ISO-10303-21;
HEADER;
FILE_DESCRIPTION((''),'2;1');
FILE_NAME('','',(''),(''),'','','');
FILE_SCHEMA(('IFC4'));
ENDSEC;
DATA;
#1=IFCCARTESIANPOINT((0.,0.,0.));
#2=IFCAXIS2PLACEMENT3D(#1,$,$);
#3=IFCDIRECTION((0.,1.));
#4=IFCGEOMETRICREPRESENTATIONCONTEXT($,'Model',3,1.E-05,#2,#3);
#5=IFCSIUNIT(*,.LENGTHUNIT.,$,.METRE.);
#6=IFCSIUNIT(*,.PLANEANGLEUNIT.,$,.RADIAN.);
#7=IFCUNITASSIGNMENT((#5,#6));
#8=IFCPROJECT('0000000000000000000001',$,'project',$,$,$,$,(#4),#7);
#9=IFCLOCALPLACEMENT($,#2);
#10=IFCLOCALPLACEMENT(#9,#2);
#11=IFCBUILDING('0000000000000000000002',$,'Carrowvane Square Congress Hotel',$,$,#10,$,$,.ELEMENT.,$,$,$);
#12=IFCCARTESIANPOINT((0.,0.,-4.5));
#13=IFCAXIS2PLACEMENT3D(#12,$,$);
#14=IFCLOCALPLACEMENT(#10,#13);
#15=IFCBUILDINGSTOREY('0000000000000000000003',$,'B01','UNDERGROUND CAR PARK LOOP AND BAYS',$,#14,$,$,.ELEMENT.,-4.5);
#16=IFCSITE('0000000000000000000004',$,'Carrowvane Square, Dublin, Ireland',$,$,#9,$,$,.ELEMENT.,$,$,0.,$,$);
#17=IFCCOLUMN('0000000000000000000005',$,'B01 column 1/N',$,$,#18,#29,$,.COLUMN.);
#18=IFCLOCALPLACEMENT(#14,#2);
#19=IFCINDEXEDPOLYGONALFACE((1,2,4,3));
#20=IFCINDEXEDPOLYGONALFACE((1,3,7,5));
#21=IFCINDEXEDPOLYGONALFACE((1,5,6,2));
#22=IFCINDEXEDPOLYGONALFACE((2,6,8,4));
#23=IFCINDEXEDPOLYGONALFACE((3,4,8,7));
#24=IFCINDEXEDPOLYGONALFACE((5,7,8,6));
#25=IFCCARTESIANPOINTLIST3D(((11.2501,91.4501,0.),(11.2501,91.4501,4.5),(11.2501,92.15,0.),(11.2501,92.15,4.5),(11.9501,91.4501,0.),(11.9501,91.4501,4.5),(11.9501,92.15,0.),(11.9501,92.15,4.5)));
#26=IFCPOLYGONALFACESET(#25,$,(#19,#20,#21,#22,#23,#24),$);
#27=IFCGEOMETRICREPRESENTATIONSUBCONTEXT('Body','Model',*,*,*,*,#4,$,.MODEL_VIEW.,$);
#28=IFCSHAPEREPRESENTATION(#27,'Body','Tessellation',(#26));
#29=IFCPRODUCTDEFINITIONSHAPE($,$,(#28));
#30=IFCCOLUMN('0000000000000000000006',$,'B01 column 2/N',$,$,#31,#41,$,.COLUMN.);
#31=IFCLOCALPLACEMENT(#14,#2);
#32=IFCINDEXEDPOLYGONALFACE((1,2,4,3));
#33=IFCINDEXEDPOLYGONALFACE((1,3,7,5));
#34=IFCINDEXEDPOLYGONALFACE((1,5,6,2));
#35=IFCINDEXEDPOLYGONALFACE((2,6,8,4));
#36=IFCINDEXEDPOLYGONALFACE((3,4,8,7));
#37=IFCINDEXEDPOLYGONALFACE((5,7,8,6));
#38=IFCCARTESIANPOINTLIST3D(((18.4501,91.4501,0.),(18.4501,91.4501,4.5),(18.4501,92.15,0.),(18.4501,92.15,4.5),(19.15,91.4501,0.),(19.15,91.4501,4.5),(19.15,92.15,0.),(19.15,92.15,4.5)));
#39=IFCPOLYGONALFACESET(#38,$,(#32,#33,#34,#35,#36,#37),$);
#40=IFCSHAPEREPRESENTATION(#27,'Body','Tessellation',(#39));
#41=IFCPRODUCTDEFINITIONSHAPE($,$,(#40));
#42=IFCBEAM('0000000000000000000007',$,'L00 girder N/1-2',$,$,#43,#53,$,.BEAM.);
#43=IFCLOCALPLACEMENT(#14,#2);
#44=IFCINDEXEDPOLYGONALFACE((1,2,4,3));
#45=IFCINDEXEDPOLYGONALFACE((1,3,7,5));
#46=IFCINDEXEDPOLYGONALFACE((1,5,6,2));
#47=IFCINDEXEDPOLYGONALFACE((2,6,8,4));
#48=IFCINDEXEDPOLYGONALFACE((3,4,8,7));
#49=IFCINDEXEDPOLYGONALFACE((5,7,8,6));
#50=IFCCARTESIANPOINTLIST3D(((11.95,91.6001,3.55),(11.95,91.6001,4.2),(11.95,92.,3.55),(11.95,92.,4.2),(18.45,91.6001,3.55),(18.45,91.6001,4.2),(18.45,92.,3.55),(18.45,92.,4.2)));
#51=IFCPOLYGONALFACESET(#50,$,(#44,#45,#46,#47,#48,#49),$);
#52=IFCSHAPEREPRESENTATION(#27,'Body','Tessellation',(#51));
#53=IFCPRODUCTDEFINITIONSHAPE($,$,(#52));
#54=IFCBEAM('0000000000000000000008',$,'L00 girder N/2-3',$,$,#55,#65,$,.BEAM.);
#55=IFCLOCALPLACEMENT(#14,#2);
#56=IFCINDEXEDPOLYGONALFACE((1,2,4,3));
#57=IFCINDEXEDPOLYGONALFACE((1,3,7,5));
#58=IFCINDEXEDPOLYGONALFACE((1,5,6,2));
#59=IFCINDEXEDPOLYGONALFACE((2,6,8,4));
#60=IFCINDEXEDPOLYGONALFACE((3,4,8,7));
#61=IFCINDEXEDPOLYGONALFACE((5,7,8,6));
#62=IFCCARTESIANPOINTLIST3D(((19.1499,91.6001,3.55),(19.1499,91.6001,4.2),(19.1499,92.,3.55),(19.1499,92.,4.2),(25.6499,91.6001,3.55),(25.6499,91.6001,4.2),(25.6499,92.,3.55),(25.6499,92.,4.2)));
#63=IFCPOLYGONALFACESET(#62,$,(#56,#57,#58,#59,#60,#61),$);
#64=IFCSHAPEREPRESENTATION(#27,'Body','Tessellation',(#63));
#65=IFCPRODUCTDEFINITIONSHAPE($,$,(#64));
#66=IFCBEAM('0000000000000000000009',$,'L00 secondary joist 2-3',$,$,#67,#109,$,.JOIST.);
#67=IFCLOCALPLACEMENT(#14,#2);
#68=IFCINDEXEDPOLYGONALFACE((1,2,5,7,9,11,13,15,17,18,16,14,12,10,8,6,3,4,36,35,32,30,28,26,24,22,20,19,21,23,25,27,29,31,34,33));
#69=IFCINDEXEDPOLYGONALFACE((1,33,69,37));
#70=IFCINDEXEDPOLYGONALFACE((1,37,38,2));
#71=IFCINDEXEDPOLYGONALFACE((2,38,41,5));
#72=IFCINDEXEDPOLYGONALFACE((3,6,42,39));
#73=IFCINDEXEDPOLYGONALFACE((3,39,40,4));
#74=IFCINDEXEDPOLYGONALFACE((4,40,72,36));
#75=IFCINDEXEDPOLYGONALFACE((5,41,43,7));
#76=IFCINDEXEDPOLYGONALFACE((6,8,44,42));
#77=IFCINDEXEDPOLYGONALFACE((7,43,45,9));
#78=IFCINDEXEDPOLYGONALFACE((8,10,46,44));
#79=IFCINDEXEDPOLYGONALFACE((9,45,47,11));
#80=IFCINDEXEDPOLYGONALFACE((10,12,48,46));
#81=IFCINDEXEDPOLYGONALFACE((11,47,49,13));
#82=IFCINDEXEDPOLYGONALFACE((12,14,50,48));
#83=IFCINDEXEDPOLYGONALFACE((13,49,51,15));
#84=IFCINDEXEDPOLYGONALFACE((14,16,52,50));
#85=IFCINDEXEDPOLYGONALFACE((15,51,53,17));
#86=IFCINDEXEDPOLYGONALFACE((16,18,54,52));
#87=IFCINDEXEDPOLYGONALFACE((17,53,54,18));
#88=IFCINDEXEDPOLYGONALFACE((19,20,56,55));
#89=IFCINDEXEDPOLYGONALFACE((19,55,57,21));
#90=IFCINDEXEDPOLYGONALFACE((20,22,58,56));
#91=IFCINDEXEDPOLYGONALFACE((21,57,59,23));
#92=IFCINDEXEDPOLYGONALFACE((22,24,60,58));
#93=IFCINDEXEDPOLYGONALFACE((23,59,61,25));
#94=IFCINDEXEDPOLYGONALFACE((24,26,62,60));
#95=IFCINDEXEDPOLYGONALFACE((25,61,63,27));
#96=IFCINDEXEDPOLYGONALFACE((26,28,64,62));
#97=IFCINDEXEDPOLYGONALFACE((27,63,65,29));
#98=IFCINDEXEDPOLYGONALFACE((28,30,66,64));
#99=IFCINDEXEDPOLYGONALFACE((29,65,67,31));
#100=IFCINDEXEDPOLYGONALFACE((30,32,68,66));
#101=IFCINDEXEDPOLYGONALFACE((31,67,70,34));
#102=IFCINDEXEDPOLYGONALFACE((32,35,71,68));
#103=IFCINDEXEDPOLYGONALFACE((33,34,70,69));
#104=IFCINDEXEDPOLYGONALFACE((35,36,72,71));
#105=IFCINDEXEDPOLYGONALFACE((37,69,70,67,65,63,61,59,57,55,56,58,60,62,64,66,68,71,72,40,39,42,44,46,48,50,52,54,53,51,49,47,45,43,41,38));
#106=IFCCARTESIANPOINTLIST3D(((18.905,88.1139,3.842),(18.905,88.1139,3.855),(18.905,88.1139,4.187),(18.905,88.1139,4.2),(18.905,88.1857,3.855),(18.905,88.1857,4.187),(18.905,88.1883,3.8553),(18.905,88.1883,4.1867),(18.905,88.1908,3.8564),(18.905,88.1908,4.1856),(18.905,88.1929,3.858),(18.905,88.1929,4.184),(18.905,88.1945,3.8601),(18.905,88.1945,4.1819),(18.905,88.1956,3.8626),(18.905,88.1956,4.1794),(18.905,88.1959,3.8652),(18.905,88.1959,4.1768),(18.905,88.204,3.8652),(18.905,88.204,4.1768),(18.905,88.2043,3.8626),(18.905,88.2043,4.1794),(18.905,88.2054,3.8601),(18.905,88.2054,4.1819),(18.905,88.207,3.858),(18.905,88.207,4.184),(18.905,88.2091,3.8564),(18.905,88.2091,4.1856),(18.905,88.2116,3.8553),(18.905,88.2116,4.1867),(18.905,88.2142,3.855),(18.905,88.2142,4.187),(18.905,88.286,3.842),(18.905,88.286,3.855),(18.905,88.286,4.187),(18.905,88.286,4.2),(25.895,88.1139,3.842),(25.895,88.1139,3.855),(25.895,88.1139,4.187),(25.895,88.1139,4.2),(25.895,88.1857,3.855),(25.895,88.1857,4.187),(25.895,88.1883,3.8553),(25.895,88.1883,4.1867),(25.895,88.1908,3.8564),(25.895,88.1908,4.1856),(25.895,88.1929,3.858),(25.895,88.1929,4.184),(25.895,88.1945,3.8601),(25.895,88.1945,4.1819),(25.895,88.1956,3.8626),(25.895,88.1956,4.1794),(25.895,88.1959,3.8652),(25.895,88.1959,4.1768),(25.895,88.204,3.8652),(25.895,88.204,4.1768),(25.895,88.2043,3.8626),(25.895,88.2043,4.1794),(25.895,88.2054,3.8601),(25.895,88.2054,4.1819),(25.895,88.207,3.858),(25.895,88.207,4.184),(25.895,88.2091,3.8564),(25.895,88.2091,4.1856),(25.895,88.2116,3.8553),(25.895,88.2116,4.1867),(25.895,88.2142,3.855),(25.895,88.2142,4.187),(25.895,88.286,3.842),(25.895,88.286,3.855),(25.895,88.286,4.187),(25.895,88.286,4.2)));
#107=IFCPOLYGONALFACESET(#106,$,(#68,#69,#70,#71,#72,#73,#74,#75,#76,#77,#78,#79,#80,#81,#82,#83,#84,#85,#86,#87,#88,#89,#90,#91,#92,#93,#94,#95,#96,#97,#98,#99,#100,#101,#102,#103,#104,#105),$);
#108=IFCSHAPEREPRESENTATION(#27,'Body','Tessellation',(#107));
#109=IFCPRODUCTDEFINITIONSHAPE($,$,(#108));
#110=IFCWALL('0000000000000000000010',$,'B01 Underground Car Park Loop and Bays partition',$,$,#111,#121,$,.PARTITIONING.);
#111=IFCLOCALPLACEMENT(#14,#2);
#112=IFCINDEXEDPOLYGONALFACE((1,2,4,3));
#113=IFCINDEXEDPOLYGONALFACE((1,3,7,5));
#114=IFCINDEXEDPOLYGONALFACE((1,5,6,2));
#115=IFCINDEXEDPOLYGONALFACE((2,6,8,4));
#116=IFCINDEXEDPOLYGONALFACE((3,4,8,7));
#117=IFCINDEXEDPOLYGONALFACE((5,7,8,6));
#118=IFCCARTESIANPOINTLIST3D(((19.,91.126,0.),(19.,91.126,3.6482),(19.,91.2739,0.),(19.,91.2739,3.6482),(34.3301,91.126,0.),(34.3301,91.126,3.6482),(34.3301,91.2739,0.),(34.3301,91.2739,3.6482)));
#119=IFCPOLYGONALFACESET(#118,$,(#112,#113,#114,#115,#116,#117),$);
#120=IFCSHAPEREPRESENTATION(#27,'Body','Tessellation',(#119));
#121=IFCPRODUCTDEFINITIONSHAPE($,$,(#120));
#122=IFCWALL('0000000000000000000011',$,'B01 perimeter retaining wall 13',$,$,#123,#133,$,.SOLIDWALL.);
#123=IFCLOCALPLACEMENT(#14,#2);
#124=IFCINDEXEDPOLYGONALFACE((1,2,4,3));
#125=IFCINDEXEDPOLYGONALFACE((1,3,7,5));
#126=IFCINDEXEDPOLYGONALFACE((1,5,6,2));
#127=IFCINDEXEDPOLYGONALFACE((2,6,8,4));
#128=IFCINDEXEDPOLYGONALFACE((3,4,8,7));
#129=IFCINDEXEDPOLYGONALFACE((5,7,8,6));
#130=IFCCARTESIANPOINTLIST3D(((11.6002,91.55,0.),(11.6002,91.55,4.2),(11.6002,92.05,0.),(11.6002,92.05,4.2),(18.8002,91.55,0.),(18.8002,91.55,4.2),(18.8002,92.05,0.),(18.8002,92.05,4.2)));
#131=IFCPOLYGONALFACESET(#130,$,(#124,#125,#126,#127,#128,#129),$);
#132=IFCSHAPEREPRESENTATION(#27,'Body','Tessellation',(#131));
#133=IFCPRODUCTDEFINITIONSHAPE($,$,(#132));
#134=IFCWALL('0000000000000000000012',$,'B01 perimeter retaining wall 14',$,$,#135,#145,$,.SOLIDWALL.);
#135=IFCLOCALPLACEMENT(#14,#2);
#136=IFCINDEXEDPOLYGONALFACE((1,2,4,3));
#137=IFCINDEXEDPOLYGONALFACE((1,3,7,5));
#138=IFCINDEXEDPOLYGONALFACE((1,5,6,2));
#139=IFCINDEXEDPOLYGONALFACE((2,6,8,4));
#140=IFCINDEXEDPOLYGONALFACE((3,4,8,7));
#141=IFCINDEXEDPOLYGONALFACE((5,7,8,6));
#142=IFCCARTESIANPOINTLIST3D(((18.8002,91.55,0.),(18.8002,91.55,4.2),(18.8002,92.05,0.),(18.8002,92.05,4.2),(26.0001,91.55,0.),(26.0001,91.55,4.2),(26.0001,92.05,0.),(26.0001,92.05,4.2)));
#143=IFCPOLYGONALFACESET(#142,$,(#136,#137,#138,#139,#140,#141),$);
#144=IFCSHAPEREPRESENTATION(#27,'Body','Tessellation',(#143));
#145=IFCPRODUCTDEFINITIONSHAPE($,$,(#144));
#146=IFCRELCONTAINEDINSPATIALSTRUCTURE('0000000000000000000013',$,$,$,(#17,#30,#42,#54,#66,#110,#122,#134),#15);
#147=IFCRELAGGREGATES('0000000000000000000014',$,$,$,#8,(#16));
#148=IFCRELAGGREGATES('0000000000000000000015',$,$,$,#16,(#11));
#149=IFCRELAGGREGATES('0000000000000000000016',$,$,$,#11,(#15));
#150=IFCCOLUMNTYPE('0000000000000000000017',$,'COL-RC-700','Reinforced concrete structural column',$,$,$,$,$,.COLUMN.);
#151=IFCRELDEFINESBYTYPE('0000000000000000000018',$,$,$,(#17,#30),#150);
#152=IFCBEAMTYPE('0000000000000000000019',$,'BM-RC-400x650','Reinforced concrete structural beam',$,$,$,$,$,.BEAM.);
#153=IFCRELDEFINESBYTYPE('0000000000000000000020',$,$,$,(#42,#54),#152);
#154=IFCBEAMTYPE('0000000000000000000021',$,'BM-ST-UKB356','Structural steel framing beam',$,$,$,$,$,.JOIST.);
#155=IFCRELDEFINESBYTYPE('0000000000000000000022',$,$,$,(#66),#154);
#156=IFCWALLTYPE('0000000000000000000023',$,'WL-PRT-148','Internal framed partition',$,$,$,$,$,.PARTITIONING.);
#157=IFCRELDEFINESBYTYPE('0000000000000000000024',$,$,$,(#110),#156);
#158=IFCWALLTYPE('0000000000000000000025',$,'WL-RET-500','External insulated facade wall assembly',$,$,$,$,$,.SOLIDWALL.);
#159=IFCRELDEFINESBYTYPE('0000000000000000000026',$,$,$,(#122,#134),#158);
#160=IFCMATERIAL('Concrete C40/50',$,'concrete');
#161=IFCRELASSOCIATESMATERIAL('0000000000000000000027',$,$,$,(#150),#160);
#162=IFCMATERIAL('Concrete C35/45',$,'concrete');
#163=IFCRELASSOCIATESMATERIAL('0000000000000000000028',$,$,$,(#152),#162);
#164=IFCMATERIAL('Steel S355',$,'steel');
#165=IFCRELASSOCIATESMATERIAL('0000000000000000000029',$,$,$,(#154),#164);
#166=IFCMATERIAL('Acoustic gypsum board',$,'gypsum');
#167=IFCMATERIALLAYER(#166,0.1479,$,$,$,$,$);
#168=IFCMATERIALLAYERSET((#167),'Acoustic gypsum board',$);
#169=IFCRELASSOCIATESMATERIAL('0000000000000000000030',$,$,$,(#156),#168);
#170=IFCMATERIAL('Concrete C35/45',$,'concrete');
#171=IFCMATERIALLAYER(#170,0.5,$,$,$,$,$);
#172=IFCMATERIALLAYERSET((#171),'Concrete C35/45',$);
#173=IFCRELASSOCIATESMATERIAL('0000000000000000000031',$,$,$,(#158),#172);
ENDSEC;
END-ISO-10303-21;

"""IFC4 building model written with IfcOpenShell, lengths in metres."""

from ifc_helpers import new_model, si_unit, direction, frame, frame_2d, origin, origin_2d, place, context, subcontext, project, spatial, rectangle, i_section, extrude, material, layer, layer_set, material_profile, profile_set, type_object, element, save


model = new_model("IFC4")

# Units and contexts
model_context = context("Model", 3, precision=1e-05, world=origin(), true_north=direction((0.0, 1.0)))
body_context = subcontext(model_context, "Body", "Model", "MODEL_VIEW")
ifc_project = project(units=[si_unit("LENGTHUNIT", "METRE"), si_unit("PLANEANGLEUNIT", "RADIAN")], contexts=[model_context])

# Site, building, storey
site_placement = place(None, origin())
site = spatial("IfcSite", under=ifc_project, at=site_placement, Name="Carrowvane Square, Dublin, Ireland", CompositionType="ELEMENT", RefElevation=0.0)
building_placement = place(site_placement, origin())
building = spatial("IfcBuilding", under=site, at=building_placement, Name="Carrowvane Square Congress Hotel", CompositionType="ELEMENT")
storey_placement = place(building_placement, frame((0.0, 0.0, -4.5)))
storey = spatial("IfcBuildingStorey", under=building, at=storey_placement, Name="B01", Description="UNDERGROUND CAR PARK LOOP AND BAYS", CompositionType="ELEMENT", Elevation=-4.5)

# Columns
ifc_material_1 = material(Name="Concrete C40/50", Category="concrete")
ifc_material_profile_1 = material_profile(ifc_material_1, rectangle(XDim=0.7, YDim=0.7, at=origin_2d()), Name="RC 700x700")
ifc_profile_set_1 = profile_set([ifc_material_profile_1], Name="Concrete C40/50")
column_type = type_object("IfcColumnType", Name="COL-RC-700", Description="Reinforced concrete structural column", PredefinedType="COLUMN", material=ifc_profile_set_1)
for number, where, z_axis, x_axis, name in (
    (1, (11.6001, 91.8, 0.0), (0.0, 0.0, 1.0), (1.0, 0.0, 0.0), "B01 column 1/N"),
    (2, (18.8, 91.8, 0.0), (0.0, 0.0, 1.0), (1.0, 0.0, 0.0), "B01 column 2/N"),
):
    element("IfcColumn", number, at=place(storey_placement, frame(where, z_axis=z_axis, x_axis=x_axis)), inside=storey, type_object=column_type, Name=name, PredefinedType="COLUMN", context=body_context, shape_type="SweptSolid", body=[
        extrude(rectangle(XDim=0.7, YDim=0.7, at=origin_2d()), origin(), (0.0, 0.0, 1.0), 4.5),
    ])

# Beams
ifc_material_2 = material(Name="Concrete C35/45", Category="concrete")
ifc_material_profile_2 = material_profile(ifc_material_2, rectangle(XDim=0.3999, YDim=0.6499, at=origin_2d()), Name="RC 400x650")
ifc_profile_set_2 = profile_set([ifc_material_profile_2], Name="Concrete C35/45")
beam_type_1 = type_object("IfcBeamType", Name="BM-RC-400x650", Description="Reinforced concrete structural beam", PredefinedType="BEAM", material=ifc_profile_set_2)
for number, where, z_axis, x_axis, name in (
    (3, (11.95, 91.8, 3.875), (1.0, 0.0, 0.0), (0.0, 1.0, 0.0), "L00 girder N/1-2"),
    (4, (19.1499, 91.8, 3.875), (1.0, 0.0, 0.0), (0.0, 1.0, 0.0), "L00 girder N/2-3"),
):
    element("IfcBeam", number, at=place(storey_placement, frame(where, z_axis=z_axis, x_axis=x_axis)), inside=storey, type_object=beam_type_1, Name=name, PredefinedType="BEAM", context=body_context, shape_type="SweptSolid", body=[
        extrude(rectangle(XDim=0.3999, YDim=0.6499, at=origin_2d()), origin(), (0.0, 0.0, 1.0), 6.5),
    ])
ifc_material_3 = material(Name="Steel S355", Category="steel")
ifc_material_profile_3 = material_profile(ifc_material_3, i_section(OverallWidth=0.1721, OverallDepth=0.3579, WebThickness=0.0081, FlangeThickness=0.0129, FilletRadius=0.0103, at=origin_2d()), Name="UKB 356x171x57")
ifc_profile_set_3 = profile_set([ifc_material_profile_3], Name="Steel S355")
beam_type_2 = type_object("IfcBeamType", Name="BM-ST-UKB356", Description="Structural steel framing beam", PredefinedType="JOIST", material=ifc_profile_set_3)
beam_placement = place(storey_placement, frame((18.905, 88.2, 4.021), z_axis=(1.0, 0.0, 0.0), x_axis=(0.0, 1.0, 0.0)))
element("IfcBeam", 5, at=beam_placement, inside=storey, type_object=beam_type_2, Name="L00 secondary joist 2-3", PredefinedType="JOIST", context=body_context, shape_type="SweptSolid", body=[
    extrude(i_section(OverallWidth=0.1721, OverallDepth=0.3579, WebThickness=0.0081, FlangeThickness=0.0129, FilletRadius=0.0103, at=origin_2d()), origin(), (0.0, 0.0, 1.0), 6.99),
])

# Walls
ifc_material_4 = material(Name="Acoustic gypsum board", Category="gypsum")
ifc_layer_1 = layer(ifc_material_4, 0.1479)
ifc_layer_set_1 = layer_set([ifc_layer_1], Name="Acoustic gypsum board")
wall_type_1 = type_object("IfcWallType", Name="WL-PRT-148", Description="Internal framed partition", PredefinedType="PARTITIONING", material=ifc_layer_set_1)
wall_placement = place(storey_placement, frame((19.0, 91.2, 0.0), z_axis=(0.0, 0.0, 1.0), x_axis=(1.0, 0.0, 0.0)))
element("IfcWall", 6, at=wall_placement, inside=storey, type_object=wall_type_1, Name="B01 Underground Car Park Loop and Bays partition", PredefinedType="PARTITIONING", context=body_context, shape_type="SweptSolid", body=[
    extrude(rectangle(XDim=15.3301, YDim=0.1479, at=frame_2d((7.665, 0.0))), origin(), (0.0, 0.0, 1.0), 3.6482),
])
ifc_material_5 = material(Name="Concrete C35/45", Category="concrete")
ifc_layer_2 = layer(ifc_material_5, 0.5)
ifc_layer_set_2 = layer_set([ifc_layer_2], Name="Concrete C35/45")
wall_type_2 = type_object("IfcWallType", Name="WL-RET-500", Description="External insulated facade wall assembly", PredefinedType="SOLIDWALL", material=ifc_layer_set_2)
for number, where, z_axis, x_axis, name in (
    (7, (11.6001, 91.8, 0.0), (0.0, 0.0, 1.0), (1.0, 0.0, 0.0), "B01 perimeter retaining wall 13"),
    (8, (18.8, 91.8, 0.0), (0.0, 0.0, 1.0), (1.0, 0.0, 0.0), "B01 perimeter retaining wall 14"),
):
    element("IfcWall", number, at=place(storey_placement, frame(where, z_axis=z_axis, x_axis=x_axis)), inside=storey, type_object=wall_type_2, Name=name, PredefinedType="SOLIDWALL", context=body_context, shape_type="SweptSolid", body=[
        extrude(rectangle(XDim=7.2, YDim=0.5, at=frame_2d((3.6001, 0.0))), origin(), (0.0, 0.0, 1.0), 4.2),
    ])

save(model, "model.ifc")
